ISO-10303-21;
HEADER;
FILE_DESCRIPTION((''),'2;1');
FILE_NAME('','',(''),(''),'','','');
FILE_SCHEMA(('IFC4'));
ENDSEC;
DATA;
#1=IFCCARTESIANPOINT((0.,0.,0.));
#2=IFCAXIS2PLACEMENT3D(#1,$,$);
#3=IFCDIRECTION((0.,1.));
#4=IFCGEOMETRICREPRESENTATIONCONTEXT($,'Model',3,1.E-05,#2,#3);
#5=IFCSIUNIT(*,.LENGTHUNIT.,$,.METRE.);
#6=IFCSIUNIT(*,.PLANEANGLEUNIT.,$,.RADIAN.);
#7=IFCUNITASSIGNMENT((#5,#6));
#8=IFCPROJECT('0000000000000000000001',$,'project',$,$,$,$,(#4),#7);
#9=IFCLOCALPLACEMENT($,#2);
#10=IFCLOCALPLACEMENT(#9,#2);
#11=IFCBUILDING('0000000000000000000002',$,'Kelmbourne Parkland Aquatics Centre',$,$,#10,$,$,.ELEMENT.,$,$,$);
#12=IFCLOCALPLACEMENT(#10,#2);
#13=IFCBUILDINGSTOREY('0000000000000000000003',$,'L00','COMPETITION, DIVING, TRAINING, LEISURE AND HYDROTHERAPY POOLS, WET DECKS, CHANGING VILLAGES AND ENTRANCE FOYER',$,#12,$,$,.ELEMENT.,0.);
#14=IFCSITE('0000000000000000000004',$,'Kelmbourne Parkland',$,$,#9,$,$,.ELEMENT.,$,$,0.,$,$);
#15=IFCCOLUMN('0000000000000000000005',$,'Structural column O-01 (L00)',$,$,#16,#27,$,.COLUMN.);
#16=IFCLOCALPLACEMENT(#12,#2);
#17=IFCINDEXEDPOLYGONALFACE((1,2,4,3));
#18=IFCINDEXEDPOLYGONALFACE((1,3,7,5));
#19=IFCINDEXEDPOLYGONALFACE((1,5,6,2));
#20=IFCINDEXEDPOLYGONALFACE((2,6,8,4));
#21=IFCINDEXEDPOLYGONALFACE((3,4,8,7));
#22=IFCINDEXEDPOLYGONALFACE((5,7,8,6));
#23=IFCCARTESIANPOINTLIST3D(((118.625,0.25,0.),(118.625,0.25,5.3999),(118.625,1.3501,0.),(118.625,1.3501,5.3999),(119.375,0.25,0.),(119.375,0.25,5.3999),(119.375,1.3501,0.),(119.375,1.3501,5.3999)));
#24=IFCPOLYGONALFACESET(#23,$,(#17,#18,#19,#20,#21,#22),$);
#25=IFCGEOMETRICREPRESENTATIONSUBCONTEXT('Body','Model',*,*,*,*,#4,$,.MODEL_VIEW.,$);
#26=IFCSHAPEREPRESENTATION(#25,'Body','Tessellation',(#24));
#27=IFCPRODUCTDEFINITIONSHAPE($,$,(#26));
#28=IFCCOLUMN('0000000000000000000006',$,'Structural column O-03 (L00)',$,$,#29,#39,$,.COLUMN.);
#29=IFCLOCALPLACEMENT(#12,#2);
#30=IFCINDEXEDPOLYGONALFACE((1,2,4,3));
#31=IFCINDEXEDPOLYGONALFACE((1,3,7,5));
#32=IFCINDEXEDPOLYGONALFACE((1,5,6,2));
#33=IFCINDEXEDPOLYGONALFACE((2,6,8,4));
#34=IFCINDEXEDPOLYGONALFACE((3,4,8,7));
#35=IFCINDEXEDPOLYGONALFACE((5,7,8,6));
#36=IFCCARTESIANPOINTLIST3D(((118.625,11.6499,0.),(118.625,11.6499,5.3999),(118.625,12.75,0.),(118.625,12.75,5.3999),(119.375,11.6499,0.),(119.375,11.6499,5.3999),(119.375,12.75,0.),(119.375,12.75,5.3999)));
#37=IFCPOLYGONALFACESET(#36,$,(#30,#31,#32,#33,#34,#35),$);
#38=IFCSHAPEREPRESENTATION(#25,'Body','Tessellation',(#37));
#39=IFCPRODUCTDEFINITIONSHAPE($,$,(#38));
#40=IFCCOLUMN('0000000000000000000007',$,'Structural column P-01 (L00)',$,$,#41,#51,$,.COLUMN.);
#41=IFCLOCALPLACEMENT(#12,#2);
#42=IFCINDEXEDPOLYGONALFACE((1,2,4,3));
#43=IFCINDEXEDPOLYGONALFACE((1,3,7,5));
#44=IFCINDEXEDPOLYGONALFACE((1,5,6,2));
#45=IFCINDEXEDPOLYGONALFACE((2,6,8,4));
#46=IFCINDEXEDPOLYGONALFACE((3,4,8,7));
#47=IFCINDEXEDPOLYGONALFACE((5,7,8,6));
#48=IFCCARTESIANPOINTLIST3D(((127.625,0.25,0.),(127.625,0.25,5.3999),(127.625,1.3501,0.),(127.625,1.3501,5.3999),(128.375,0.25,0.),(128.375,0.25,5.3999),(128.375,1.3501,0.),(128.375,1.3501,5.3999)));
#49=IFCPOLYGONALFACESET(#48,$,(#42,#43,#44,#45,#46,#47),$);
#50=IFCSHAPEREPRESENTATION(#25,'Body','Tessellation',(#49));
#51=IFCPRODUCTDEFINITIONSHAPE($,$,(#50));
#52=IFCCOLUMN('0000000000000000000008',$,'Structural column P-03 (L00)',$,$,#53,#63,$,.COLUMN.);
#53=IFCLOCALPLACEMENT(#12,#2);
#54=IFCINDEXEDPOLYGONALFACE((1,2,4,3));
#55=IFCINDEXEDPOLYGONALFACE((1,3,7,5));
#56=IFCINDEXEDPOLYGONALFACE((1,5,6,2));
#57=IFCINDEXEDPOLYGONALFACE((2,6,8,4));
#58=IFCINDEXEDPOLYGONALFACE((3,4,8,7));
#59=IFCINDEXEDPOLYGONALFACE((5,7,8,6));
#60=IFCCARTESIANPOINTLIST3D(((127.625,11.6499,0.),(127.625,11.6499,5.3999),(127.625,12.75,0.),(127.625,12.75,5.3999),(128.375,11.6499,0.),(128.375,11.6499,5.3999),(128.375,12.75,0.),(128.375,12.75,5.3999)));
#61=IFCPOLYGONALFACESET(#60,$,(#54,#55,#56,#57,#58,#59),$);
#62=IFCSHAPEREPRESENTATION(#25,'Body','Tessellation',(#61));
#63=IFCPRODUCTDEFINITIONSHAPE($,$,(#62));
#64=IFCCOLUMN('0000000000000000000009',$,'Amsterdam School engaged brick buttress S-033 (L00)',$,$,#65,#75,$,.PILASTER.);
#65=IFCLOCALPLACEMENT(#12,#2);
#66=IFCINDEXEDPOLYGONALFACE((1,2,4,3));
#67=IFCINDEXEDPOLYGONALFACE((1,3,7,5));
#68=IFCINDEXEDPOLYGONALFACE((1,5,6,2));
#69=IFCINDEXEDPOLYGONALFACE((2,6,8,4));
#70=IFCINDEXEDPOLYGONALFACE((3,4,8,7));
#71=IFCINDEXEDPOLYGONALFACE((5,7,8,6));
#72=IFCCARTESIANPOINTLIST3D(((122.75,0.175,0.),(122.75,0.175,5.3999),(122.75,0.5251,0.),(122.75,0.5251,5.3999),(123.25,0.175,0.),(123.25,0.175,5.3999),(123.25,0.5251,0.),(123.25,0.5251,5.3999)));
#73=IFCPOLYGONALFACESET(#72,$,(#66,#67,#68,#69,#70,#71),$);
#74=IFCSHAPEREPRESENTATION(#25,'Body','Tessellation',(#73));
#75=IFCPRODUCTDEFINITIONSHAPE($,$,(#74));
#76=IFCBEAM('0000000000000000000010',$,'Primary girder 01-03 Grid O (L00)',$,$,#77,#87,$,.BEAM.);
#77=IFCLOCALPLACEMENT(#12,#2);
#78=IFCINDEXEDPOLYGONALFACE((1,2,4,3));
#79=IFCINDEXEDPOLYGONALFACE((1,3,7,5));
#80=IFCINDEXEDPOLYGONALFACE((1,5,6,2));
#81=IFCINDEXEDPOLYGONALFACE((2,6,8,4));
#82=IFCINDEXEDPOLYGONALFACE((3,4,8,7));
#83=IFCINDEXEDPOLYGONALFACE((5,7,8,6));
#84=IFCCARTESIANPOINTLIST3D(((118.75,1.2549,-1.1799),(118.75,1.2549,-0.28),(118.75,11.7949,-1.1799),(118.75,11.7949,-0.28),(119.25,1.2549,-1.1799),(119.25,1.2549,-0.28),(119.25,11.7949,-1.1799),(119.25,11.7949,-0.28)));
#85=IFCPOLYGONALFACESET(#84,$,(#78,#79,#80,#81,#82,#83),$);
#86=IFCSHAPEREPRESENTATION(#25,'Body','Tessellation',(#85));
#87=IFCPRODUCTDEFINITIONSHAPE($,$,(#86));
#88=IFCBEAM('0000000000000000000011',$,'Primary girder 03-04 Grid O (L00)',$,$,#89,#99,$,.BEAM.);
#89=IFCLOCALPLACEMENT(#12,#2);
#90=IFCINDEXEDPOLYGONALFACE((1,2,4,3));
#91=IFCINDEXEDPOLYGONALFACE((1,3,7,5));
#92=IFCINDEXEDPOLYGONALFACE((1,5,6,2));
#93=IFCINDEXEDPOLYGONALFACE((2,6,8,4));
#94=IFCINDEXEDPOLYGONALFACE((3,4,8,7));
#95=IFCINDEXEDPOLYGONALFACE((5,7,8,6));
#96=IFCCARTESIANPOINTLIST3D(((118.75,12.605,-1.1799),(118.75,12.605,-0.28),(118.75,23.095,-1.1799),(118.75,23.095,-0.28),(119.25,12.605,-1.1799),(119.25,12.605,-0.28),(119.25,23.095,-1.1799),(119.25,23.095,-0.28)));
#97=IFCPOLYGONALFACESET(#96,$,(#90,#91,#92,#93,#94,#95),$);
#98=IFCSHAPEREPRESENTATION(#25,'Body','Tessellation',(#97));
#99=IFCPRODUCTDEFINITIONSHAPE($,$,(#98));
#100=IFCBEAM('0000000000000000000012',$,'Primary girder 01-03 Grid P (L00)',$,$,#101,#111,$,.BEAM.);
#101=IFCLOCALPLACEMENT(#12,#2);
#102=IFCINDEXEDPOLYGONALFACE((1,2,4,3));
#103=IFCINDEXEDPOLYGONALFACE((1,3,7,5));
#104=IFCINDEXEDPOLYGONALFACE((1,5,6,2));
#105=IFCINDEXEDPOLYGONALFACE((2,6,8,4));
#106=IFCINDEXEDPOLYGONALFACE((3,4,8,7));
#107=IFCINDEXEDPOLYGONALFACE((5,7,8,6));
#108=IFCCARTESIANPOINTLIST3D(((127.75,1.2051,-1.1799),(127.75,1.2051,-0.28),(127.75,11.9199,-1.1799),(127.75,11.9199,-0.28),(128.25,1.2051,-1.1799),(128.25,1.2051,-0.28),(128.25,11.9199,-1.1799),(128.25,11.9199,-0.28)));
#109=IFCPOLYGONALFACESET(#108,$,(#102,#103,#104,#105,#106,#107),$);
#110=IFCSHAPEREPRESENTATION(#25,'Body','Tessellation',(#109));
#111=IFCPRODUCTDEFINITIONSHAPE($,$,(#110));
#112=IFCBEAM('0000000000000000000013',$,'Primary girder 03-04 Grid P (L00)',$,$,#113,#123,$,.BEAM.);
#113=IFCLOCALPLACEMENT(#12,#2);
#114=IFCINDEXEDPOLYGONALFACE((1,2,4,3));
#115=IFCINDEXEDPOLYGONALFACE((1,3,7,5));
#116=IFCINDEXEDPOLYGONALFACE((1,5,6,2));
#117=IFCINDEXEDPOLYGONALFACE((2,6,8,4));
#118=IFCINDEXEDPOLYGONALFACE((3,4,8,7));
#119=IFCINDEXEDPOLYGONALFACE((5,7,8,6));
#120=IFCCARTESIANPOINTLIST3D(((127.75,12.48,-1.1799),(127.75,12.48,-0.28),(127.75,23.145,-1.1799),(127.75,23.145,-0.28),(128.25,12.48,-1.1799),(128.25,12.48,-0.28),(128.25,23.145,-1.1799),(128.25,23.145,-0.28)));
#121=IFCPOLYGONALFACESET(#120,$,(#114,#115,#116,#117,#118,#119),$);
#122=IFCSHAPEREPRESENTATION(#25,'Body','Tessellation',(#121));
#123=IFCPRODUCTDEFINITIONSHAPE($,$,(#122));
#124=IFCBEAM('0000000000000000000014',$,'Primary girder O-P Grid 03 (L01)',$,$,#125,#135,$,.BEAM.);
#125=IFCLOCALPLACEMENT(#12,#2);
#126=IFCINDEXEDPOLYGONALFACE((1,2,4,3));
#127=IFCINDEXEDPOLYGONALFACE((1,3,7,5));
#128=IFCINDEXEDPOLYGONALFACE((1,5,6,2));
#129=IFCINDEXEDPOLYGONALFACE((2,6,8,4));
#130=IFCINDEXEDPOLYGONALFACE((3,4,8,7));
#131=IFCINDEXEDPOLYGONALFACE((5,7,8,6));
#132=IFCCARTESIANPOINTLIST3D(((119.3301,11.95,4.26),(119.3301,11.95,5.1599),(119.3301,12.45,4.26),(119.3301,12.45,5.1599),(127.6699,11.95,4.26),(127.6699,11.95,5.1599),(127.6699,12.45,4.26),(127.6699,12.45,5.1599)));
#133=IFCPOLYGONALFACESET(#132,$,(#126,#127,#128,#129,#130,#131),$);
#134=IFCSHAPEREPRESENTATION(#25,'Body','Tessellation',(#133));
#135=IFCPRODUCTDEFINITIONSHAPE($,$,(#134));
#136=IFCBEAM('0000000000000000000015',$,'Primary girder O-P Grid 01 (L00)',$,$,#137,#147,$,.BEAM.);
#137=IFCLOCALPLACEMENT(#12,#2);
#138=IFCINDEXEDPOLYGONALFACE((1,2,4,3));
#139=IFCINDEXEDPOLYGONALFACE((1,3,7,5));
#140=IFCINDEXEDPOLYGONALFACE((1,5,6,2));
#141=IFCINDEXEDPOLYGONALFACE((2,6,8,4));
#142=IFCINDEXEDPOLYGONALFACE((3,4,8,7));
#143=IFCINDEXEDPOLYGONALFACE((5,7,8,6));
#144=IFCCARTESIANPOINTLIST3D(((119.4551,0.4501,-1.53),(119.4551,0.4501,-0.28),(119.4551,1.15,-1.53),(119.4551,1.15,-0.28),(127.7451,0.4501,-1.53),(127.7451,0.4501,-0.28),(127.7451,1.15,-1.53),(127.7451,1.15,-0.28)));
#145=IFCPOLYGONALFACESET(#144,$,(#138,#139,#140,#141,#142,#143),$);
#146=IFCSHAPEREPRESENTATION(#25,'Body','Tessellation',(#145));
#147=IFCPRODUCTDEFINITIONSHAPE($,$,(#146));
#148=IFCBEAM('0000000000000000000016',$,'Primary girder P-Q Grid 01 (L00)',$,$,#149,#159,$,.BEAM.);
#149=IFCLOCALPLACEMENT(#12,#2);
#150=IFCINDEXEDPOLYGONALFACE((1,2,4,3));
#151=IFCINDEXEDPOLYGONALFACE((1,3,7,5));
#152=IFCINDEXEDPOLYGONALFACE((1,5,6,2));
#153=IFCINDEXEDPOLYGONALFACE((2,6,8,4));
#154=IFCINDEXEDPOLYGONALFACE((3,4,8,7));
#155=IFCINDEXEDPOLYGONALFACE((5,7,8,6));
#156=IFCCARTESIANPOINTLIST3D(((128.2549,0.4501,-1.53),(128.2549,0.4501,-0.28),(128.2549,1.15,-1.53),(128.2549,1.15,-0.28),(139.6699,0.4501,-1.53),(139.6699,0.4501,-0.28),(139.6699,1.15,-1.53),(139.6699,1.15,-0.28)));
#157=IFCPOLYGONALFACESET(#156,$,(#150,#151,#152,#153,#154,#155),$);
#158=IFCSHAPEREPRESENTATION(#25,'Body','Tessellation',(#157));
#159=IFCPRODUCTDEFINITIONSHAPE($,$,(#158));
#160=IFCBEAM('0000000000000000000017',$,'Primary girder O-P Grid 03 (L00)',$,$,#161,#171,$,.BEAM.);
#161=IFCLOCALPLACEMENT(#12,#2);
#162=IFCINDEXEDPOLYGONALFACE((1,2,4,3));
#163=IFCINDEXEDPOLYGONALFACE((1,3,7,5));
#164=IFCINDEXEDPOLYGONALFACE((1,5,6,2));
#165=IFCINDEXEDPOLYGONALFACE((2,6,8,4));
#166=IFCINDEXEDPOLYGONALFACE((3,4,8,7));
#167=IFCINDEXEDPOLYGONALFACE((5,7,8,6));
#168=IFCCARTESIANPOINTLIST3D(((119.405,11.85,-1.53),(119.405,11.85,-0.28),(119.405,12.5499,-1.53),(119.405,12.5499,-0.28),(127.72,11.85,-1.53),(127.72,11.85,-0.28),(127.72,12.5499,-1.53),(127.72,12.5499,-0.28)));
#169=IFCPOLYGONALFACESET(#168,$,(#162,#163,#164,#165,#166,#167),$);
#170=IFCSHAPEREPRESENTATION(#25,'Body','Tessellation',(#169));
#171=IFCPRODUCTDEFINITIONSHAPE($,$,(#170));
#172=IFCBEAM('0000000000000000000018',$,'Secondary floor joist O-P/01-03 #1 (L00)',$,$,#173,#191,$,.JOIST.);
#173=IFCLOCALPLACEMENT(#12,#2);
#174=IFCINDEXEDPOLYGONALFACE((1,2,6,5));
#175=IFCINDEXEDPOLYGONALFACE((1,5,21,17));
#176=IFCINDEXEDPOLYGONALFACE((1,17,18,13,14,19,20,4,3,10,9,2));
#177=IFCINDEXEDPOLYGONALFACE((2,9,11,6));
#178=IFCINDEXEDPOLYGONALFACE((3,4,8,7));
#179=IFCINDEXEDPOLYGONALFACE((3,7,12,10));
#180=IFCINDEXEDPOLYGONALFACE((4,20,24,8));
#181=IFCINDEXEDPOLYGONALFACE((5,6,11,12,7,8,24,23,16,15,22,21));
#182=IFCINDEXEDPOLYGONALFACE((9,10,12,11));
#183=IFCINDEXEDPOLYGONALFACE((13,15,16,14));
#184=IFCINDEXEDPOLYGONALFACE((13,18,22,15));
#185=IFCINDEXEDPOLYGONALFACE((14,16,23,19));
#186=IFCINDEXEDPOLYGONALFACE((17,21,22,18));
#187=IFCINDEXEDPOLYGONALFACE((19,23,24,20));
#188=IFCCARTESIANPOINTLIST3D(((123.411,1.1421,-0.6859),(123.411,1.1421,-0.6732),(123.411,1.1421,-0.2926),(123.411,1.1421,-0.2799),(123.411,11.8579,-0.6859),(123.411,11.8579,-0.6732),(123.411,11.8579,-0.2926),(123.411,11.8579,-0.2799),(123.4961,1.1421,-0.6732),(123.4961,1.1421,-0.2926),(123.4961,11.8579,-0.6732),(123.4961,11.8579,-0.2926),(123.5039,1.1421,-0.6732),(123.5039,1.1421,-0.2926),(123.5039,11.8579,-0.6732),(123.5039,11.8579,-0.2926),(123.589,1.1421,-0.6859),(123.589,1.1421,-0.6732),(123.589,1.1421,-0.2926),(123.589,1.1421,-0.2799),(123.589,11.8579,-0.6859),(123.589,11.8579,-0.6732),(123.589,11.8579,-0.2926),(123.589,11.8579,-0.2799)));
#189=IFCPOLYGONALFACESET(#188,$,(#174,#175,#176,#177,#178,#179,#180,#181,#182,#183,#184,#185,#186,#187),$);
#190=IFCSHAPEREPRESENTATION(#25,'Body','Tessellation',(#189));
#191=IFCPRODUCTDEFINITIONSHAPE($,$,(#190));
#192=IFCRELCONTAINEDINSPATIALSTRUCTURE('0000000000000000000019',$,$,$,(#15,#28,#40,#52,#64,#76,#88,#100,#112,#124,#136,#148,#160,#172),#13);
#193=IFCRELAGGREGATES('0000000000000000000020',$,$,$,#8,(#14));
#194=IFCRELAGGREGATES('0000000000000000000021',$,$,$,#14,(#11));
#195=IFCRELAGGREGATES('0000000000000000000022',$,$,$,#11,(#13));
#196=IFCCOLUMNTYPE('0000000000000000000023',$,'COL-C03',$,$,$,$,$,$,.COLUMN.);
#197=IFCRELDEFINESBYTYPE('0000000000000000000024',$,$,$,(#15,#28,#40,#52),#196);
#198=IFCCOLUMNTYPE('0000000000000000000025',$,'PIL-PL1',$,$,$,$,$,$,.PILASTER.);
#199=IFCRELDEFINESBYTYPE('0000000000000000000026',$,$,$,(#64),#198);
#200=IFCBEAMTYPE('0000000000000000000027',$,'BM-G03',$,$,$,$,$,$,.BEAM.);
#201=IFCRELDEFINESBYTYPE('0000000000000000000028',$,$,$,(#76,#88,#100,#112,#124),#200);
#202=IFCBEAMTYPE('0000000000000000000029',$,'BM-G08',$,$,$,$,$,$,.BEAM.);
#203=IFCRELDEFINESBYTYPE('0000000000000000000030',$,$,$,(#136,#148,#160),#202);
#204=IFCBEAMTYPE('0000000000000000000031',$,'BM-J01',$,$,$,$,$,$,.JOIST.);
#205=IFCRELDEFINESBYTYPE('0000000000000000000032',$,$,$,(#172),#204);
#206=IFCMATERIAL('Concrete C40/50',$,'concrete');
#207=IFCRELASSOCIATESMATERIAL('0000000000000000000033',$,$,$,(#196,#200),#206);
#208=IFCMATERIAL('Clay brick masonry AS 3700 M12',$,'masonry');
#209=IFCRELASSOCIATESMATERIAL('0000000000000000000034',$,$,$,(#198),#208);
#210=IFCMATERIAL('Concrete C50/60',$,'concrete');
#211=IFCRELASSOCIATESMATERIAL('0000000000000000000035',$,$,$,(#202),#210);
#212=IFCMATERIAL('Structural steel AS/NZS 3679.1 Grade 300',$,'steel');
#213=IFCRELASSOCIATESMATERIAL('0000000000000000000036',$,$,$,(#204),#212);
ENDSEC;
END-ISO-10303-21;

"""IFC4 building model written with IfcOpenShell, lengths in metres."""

from ifc_helpers import new_model, si_unit, direction, frame, origin, origin_2d, place, context, subcontext, project, spatial, rectangle, i_section, extrude, material, material_profile, profile_set, type_object, element, save


model = new_model("IFC4")

# Units and contexts
model_context = context("Model", 3, precision=1e-05, world=origin(), true_north=direction((0.0, 1.0)))
body_context = subcontext(model_context, "Body", "Model", "MODEL_VIEW")
ifc_project = project(units=[si_unit("LENGTHUNIT", "METRE"), si_unit("PLANEANGLEUNIT", "RADIAN")], contexts=[model_context])

# Site, building, storey
site_placement = place(None, origin())
site = spatial("IfcSite", under=ifc_project, at=site_placement, Name="Kelmbourne Parkland", CompositionType="ELEMENT", RefElevation=0.0)
building_placement = place(site_placement, origin())
building = spatial("IfcBuilding", under=site, at=building_placement, Name="Kelmbourne Parkland Aquatics Centre", CompositionType="ELEMENT")
storey_placement = place(building_placement, origin())
storey = spatial("IfcBuildingStorey", under=building, at=storey_placement, Name="L00", Description="COMPETITION, DIVING, TRAINING, LEISURE AND HYDROTHERAPY POOLS, WET DECKS, CHANGING VILLAGES AND ENTRANCE FOYER", CompositionType="ELEMENT", Elevation=0.0)

# Columns
ifc_material_1 = material(Name="Concrete C40/50", Category="concrete")
ifc_material_profile_1 = material_profile(ifc_material_1, rectangle(XDim=0.75, YDim=1.1001, at=origin_2d()), Name="RC 750x1100")
ifc_profile_set_1 = profile_set([ifc_material_profile_1], Name="Concrete C40/50")
column_type_1 = type_object("IfcColumnType", Name="COL-C03", PredefinedType="COLUMN", material=ifc_profile_set_1)
for number, where, z_axis, x_axis, name in (
    (1, (119.0, 0.8, 0.0), (0.0, 0.0, 1.0), (1.0, 0.0, 0.0), "Structural column O-01 (L00)"),
    (2, (119.0, 12.2, 0.0), (0.0, 0.0, 1.0), (1.0, 0.0, 0.0), "Structural column O-03 (L00)"),
    (3, (128.0, 0.8, 0.0), (0.0, 0.0, 1.0), (1.0, 0.0, 0.0), "Structural column P-01 (L00)"),
    (4, (128.0, 12.2, 0.0), (0.0, 0.0, 1.0), (1.0, 0.0, 0.0), "Structural column P-03 (L00)"),
):
    element("IfcColumn", number, at=place(storey_placement, frame(where, z_axis=z_axis, x_axis=x_axis)), inside=storey, type_object=column_type_1, Name=name, PredefinedType="COLUMN", context=body_context, shape_type="SweptSolid", body=[
        extrude(rectangle(XDim=0.75, YDim=1.1001, at=origin_2d()), origin(), (0.0, 0.0, 1.0), 5.3999),
    ])
ifc_material_2 = material(Name="Clay brick masonry AS 3700 M12", Category="masonry")
ifc_material_profile_2 = material_profile(ifc_material_2, rectangle(XDim=0.3501, YDim=0.5, at=origin_2d()), Name="PIL 350x500")
ifc_profile_set_2 = profile_set([ifc_material_profile_2], Name="Clay brick masonry AS 3700 M12")
column_type_2 = type_object("IfcColumnType", Name="PIL-PL1", PredefinedType="PILASTER", material=ifc_profile_set_2)
column_placement = place(storey_placement, frame((123.0, 0.3501, 0.0), z_axis=(0.0, 0.0, 1.0), x_axis=(0.0, 1.0, 0.0)))
element("IfcColumn", 5, at=column_placement, inside=storey, type_object=column_type_2, Name="Amsterdam School engaged brick buttress S-033 (L00)", PredefinedType="PILASTER", context=body_context, shape_type="SweptSolid", body=[
    extrude(rectangle(XDim=0.3501, YDim=0.5, at=origin_2d()), origin(), (0.0, 0.0, 1.0), 5.3999),
])

# Beams
ifc_material_profile_3 = material_profile(ifc_material_1, rectangle(XDim=0.5, YDim=0.8999, at=origin_2d()), Name="RC 500x900")
ifc_profile_set_3 = profile_set([ifc_material_profile_3], Name="Concrete C40/50")
beam_type_1 = type_object("IfcBeamType", Name="BM-G03", PredefinedType="BEAM", material=ifc_profile_set_3)
beam_1_placement = place(storey_placement, frame((119.0, 1.2549, -0.73), z_axis=(0.0, 1.0, 0.0), x_axis=(-1.0, 0.0, 0.0)))
element("IfcBeam", 6, at=beam_1_placement, inside=storey, type_object=beam_type_1, Name="Primary girder 01-03 Grid O (L00)", PredefinedType="BEAM", context=body_context, shape_type="SweptSolid", body=[
    extrude(rectangle(XDim=0.5, YDim=0.8999, at=origin_2d()), origin(), (0.0, 0.0, 1.0), 10.54),
])
beam_2_placement = place(storey_placement, frame((119.0, 12.605, -0.73), z_axis=(0.0, 1.0, 0.0), x_axis=(-1.0, 0.0, 0.0)))
element("IfcBeam", 7, at=beam_2_placement, inside=storey, type_object=beam_type_1, Name="Primary girder 03-04 Grid O (L00)", PredefinedType="BEAM", context=body_context, shape_type="SweptSolid", body=[
    extrude(rectangle(XDim=0.5, YDim=0.8999, at=origin_2d()), origin(), (0.0, 0.0, 1.0), 10.49),
])
beam_3_placement = place(storey_placement, frame((128.0, 1.2051, -0.73), z_axis=(0.0, 1.0, 0.0), x_axis=(-1.0, 0.0, 0.0)))
element("IfcBeam", 8, at=beam_3_placement, inside=storey, type_object=beam_type_1, Name="Primary girder 01-03 Grid P (L00)", PredefinedType="BEAM", context=body_context, shape_type="SweptSolid", body=[
    extrude(rectangle(XDim=0.5, YDim=0.8999, at=origin_2d()), origin(), (0.0, 0.0, 1.0), 10.7148),
])
beam_4_placement = place(storey_placement, frame((128.0, 12.48, -0.73), z_axis=(0.0, 1.0, 0.0), x_axis=(-1.0, 0.0, 0.0)))
element("IfcBeam", 9, at=beam_4_placement, inside=storey, type_object=beam_type_1, Name="Primary girder 03-04 Grid P (L00)", PredefinedType="BEAM", context=body_context, shape_type="SweptSolid", body=[
    extrude(rectangle(XDim=0.5, YDim=0.8999, at=origin_2d()), origin(), (0.0, 0.0, 1.0), 10.665),
])
beam_5_placement = place(storey_placement, frame((119.3301, 12.2, 4.71), z_axis=(1.0, 0.0, 0.0), x_axis=(0.0, 1.0, 0.0)))
element("IfcBeam", 10, at=beam_5_placement, inside=storey, type_object=beam_type_1, Name="Primary girder O-P Grid 03 (L01)", PredefinedType="BEAM", context=body_context, shape_type="SweptSolid", body=[
    extrude(rectangle(XDim=0.5, YDim=0.8999, at=origin_2d()), origin(), (0.0, 0.0, 1.0), 8.3398),
])
ifc_material_3 = material(Name="Concrete C50/60", Category="concrete")
ifc_material_profile_4 = material_profile(ifc_material_3, rectangle(XDim=0.7, YDim=1.25, at=origin_2d()), Name="RC 700x1250")
ifc_profile_set_4 = profile_set([ifc_material_profile_4], Name="Concrete C50/60")
beam_type_2 = type_object("IfcBeamType", Name="BM-G08", PredefinedType="BEAM", material=ifc_profile_set_4)
beam_6_placement = place(storey_placement, frame((119.4551, 0.8, -0.905), z_axis=(1.0, 0.0, 0.0), x_axis=(0.0, 1.0, 0.0)))
element("IfcBeam", 11, at=beam_6_placement, inside=storey, type_object=beam_type_2, Name="Primary girder O-P Grid 01 (L00)", PredefinedType="BEAM", context=body_context, shape_type="SweptSolid", body=[
    extrude(rectangle(XDim=0.7, YDim=1.25, at=origin_2d()), origin(), (0.0, 0.0, 1.0), 8.29),
])
beam_7_placement = place(storey_placement, frame((128.2549, 0.8, -0.905), z_axis=(1.0, 0.0, 0.0), x_axis=(0.0, 1.0, 0.0)))
element("IfcBeam", 12, at=beam_7_placement, inside=storey, type_object=beam_type_2, Name="Primary girder P-Q Grid 01 (L00)", PredefinedType="BEAM", context=body_context, shape_type="SweptSolid", body=[
    extrude(rectangle(XDim=0.7, YDim=1.25, at=origin_2d()), origin(), (0.0, 0.0, 1.0), 11.415),
])
beam_8_placement = place(storey_placement, frame((119.405, 12.2, -0.905), z_axis=(1.0, 0.0, 0.0), x_axis=(0.0, 1.0, 0.0)))
element("IfcBeam", 13, at=beam_8_placement, inside=storey, type_object=beam_type_2, Name="Primary girder O-P Grid 03 (L00)", PredefinedType="BEAM", context=body_context, shape_type="SweptSolid", body=[
    extrude(rectangle(XDim=0.7, YDim=1.25, at=origin_2d()), origin(), (0.0, 0.0, 1.0), 8.3149),
])
ifc_material_4 = material(Name="Structural steel AS/NZS 3679.1 Grade 300", Category="steel")
ifc_material_profile_5 = material_profile(ifc_material_4, i_section(OverallWidth=0.178, OverallDepth=0.406, WebThickness=0.0078, FlangeThickness=0.0127, at=origin_2d()), Name="410UB59.7")
ifc_profile_set_5 = profile_set([ifc_material_profile_5], Name="Structural steel AS/NZS 3679.1 Grade 300")
beam_type_3 = type_object("IfcBeamType", Name="BM-J01", PredefinedType="JOIST", material=ifc_profile_set_5)
beam_9_placement = place(storey_placement, frame((123.5, 1.1421, -0.4829), z_axis=(0.0, 1.0, 0.0), x_axis=(-1.0, 0.0, 0.0)))
element("IfcBeam", 14, at=beam_9_placement, inside=storey, type_object=beam_type_3, Name="Secondary floor joist O-P/01-03 #1 (L00)", PredefinedType="JOIST", context=body_context, shape_type="SweptSolid", body=[
    extrude(i_section(OverallWidth=0.178, OverallDepth=0.406, WebThickness=0.0078, FlangeThickness=0.0127, at=origin_2d()), origin(), (0.0, 0.0, 1.0), 10.7158),
])

save(model, "model.ifc")
